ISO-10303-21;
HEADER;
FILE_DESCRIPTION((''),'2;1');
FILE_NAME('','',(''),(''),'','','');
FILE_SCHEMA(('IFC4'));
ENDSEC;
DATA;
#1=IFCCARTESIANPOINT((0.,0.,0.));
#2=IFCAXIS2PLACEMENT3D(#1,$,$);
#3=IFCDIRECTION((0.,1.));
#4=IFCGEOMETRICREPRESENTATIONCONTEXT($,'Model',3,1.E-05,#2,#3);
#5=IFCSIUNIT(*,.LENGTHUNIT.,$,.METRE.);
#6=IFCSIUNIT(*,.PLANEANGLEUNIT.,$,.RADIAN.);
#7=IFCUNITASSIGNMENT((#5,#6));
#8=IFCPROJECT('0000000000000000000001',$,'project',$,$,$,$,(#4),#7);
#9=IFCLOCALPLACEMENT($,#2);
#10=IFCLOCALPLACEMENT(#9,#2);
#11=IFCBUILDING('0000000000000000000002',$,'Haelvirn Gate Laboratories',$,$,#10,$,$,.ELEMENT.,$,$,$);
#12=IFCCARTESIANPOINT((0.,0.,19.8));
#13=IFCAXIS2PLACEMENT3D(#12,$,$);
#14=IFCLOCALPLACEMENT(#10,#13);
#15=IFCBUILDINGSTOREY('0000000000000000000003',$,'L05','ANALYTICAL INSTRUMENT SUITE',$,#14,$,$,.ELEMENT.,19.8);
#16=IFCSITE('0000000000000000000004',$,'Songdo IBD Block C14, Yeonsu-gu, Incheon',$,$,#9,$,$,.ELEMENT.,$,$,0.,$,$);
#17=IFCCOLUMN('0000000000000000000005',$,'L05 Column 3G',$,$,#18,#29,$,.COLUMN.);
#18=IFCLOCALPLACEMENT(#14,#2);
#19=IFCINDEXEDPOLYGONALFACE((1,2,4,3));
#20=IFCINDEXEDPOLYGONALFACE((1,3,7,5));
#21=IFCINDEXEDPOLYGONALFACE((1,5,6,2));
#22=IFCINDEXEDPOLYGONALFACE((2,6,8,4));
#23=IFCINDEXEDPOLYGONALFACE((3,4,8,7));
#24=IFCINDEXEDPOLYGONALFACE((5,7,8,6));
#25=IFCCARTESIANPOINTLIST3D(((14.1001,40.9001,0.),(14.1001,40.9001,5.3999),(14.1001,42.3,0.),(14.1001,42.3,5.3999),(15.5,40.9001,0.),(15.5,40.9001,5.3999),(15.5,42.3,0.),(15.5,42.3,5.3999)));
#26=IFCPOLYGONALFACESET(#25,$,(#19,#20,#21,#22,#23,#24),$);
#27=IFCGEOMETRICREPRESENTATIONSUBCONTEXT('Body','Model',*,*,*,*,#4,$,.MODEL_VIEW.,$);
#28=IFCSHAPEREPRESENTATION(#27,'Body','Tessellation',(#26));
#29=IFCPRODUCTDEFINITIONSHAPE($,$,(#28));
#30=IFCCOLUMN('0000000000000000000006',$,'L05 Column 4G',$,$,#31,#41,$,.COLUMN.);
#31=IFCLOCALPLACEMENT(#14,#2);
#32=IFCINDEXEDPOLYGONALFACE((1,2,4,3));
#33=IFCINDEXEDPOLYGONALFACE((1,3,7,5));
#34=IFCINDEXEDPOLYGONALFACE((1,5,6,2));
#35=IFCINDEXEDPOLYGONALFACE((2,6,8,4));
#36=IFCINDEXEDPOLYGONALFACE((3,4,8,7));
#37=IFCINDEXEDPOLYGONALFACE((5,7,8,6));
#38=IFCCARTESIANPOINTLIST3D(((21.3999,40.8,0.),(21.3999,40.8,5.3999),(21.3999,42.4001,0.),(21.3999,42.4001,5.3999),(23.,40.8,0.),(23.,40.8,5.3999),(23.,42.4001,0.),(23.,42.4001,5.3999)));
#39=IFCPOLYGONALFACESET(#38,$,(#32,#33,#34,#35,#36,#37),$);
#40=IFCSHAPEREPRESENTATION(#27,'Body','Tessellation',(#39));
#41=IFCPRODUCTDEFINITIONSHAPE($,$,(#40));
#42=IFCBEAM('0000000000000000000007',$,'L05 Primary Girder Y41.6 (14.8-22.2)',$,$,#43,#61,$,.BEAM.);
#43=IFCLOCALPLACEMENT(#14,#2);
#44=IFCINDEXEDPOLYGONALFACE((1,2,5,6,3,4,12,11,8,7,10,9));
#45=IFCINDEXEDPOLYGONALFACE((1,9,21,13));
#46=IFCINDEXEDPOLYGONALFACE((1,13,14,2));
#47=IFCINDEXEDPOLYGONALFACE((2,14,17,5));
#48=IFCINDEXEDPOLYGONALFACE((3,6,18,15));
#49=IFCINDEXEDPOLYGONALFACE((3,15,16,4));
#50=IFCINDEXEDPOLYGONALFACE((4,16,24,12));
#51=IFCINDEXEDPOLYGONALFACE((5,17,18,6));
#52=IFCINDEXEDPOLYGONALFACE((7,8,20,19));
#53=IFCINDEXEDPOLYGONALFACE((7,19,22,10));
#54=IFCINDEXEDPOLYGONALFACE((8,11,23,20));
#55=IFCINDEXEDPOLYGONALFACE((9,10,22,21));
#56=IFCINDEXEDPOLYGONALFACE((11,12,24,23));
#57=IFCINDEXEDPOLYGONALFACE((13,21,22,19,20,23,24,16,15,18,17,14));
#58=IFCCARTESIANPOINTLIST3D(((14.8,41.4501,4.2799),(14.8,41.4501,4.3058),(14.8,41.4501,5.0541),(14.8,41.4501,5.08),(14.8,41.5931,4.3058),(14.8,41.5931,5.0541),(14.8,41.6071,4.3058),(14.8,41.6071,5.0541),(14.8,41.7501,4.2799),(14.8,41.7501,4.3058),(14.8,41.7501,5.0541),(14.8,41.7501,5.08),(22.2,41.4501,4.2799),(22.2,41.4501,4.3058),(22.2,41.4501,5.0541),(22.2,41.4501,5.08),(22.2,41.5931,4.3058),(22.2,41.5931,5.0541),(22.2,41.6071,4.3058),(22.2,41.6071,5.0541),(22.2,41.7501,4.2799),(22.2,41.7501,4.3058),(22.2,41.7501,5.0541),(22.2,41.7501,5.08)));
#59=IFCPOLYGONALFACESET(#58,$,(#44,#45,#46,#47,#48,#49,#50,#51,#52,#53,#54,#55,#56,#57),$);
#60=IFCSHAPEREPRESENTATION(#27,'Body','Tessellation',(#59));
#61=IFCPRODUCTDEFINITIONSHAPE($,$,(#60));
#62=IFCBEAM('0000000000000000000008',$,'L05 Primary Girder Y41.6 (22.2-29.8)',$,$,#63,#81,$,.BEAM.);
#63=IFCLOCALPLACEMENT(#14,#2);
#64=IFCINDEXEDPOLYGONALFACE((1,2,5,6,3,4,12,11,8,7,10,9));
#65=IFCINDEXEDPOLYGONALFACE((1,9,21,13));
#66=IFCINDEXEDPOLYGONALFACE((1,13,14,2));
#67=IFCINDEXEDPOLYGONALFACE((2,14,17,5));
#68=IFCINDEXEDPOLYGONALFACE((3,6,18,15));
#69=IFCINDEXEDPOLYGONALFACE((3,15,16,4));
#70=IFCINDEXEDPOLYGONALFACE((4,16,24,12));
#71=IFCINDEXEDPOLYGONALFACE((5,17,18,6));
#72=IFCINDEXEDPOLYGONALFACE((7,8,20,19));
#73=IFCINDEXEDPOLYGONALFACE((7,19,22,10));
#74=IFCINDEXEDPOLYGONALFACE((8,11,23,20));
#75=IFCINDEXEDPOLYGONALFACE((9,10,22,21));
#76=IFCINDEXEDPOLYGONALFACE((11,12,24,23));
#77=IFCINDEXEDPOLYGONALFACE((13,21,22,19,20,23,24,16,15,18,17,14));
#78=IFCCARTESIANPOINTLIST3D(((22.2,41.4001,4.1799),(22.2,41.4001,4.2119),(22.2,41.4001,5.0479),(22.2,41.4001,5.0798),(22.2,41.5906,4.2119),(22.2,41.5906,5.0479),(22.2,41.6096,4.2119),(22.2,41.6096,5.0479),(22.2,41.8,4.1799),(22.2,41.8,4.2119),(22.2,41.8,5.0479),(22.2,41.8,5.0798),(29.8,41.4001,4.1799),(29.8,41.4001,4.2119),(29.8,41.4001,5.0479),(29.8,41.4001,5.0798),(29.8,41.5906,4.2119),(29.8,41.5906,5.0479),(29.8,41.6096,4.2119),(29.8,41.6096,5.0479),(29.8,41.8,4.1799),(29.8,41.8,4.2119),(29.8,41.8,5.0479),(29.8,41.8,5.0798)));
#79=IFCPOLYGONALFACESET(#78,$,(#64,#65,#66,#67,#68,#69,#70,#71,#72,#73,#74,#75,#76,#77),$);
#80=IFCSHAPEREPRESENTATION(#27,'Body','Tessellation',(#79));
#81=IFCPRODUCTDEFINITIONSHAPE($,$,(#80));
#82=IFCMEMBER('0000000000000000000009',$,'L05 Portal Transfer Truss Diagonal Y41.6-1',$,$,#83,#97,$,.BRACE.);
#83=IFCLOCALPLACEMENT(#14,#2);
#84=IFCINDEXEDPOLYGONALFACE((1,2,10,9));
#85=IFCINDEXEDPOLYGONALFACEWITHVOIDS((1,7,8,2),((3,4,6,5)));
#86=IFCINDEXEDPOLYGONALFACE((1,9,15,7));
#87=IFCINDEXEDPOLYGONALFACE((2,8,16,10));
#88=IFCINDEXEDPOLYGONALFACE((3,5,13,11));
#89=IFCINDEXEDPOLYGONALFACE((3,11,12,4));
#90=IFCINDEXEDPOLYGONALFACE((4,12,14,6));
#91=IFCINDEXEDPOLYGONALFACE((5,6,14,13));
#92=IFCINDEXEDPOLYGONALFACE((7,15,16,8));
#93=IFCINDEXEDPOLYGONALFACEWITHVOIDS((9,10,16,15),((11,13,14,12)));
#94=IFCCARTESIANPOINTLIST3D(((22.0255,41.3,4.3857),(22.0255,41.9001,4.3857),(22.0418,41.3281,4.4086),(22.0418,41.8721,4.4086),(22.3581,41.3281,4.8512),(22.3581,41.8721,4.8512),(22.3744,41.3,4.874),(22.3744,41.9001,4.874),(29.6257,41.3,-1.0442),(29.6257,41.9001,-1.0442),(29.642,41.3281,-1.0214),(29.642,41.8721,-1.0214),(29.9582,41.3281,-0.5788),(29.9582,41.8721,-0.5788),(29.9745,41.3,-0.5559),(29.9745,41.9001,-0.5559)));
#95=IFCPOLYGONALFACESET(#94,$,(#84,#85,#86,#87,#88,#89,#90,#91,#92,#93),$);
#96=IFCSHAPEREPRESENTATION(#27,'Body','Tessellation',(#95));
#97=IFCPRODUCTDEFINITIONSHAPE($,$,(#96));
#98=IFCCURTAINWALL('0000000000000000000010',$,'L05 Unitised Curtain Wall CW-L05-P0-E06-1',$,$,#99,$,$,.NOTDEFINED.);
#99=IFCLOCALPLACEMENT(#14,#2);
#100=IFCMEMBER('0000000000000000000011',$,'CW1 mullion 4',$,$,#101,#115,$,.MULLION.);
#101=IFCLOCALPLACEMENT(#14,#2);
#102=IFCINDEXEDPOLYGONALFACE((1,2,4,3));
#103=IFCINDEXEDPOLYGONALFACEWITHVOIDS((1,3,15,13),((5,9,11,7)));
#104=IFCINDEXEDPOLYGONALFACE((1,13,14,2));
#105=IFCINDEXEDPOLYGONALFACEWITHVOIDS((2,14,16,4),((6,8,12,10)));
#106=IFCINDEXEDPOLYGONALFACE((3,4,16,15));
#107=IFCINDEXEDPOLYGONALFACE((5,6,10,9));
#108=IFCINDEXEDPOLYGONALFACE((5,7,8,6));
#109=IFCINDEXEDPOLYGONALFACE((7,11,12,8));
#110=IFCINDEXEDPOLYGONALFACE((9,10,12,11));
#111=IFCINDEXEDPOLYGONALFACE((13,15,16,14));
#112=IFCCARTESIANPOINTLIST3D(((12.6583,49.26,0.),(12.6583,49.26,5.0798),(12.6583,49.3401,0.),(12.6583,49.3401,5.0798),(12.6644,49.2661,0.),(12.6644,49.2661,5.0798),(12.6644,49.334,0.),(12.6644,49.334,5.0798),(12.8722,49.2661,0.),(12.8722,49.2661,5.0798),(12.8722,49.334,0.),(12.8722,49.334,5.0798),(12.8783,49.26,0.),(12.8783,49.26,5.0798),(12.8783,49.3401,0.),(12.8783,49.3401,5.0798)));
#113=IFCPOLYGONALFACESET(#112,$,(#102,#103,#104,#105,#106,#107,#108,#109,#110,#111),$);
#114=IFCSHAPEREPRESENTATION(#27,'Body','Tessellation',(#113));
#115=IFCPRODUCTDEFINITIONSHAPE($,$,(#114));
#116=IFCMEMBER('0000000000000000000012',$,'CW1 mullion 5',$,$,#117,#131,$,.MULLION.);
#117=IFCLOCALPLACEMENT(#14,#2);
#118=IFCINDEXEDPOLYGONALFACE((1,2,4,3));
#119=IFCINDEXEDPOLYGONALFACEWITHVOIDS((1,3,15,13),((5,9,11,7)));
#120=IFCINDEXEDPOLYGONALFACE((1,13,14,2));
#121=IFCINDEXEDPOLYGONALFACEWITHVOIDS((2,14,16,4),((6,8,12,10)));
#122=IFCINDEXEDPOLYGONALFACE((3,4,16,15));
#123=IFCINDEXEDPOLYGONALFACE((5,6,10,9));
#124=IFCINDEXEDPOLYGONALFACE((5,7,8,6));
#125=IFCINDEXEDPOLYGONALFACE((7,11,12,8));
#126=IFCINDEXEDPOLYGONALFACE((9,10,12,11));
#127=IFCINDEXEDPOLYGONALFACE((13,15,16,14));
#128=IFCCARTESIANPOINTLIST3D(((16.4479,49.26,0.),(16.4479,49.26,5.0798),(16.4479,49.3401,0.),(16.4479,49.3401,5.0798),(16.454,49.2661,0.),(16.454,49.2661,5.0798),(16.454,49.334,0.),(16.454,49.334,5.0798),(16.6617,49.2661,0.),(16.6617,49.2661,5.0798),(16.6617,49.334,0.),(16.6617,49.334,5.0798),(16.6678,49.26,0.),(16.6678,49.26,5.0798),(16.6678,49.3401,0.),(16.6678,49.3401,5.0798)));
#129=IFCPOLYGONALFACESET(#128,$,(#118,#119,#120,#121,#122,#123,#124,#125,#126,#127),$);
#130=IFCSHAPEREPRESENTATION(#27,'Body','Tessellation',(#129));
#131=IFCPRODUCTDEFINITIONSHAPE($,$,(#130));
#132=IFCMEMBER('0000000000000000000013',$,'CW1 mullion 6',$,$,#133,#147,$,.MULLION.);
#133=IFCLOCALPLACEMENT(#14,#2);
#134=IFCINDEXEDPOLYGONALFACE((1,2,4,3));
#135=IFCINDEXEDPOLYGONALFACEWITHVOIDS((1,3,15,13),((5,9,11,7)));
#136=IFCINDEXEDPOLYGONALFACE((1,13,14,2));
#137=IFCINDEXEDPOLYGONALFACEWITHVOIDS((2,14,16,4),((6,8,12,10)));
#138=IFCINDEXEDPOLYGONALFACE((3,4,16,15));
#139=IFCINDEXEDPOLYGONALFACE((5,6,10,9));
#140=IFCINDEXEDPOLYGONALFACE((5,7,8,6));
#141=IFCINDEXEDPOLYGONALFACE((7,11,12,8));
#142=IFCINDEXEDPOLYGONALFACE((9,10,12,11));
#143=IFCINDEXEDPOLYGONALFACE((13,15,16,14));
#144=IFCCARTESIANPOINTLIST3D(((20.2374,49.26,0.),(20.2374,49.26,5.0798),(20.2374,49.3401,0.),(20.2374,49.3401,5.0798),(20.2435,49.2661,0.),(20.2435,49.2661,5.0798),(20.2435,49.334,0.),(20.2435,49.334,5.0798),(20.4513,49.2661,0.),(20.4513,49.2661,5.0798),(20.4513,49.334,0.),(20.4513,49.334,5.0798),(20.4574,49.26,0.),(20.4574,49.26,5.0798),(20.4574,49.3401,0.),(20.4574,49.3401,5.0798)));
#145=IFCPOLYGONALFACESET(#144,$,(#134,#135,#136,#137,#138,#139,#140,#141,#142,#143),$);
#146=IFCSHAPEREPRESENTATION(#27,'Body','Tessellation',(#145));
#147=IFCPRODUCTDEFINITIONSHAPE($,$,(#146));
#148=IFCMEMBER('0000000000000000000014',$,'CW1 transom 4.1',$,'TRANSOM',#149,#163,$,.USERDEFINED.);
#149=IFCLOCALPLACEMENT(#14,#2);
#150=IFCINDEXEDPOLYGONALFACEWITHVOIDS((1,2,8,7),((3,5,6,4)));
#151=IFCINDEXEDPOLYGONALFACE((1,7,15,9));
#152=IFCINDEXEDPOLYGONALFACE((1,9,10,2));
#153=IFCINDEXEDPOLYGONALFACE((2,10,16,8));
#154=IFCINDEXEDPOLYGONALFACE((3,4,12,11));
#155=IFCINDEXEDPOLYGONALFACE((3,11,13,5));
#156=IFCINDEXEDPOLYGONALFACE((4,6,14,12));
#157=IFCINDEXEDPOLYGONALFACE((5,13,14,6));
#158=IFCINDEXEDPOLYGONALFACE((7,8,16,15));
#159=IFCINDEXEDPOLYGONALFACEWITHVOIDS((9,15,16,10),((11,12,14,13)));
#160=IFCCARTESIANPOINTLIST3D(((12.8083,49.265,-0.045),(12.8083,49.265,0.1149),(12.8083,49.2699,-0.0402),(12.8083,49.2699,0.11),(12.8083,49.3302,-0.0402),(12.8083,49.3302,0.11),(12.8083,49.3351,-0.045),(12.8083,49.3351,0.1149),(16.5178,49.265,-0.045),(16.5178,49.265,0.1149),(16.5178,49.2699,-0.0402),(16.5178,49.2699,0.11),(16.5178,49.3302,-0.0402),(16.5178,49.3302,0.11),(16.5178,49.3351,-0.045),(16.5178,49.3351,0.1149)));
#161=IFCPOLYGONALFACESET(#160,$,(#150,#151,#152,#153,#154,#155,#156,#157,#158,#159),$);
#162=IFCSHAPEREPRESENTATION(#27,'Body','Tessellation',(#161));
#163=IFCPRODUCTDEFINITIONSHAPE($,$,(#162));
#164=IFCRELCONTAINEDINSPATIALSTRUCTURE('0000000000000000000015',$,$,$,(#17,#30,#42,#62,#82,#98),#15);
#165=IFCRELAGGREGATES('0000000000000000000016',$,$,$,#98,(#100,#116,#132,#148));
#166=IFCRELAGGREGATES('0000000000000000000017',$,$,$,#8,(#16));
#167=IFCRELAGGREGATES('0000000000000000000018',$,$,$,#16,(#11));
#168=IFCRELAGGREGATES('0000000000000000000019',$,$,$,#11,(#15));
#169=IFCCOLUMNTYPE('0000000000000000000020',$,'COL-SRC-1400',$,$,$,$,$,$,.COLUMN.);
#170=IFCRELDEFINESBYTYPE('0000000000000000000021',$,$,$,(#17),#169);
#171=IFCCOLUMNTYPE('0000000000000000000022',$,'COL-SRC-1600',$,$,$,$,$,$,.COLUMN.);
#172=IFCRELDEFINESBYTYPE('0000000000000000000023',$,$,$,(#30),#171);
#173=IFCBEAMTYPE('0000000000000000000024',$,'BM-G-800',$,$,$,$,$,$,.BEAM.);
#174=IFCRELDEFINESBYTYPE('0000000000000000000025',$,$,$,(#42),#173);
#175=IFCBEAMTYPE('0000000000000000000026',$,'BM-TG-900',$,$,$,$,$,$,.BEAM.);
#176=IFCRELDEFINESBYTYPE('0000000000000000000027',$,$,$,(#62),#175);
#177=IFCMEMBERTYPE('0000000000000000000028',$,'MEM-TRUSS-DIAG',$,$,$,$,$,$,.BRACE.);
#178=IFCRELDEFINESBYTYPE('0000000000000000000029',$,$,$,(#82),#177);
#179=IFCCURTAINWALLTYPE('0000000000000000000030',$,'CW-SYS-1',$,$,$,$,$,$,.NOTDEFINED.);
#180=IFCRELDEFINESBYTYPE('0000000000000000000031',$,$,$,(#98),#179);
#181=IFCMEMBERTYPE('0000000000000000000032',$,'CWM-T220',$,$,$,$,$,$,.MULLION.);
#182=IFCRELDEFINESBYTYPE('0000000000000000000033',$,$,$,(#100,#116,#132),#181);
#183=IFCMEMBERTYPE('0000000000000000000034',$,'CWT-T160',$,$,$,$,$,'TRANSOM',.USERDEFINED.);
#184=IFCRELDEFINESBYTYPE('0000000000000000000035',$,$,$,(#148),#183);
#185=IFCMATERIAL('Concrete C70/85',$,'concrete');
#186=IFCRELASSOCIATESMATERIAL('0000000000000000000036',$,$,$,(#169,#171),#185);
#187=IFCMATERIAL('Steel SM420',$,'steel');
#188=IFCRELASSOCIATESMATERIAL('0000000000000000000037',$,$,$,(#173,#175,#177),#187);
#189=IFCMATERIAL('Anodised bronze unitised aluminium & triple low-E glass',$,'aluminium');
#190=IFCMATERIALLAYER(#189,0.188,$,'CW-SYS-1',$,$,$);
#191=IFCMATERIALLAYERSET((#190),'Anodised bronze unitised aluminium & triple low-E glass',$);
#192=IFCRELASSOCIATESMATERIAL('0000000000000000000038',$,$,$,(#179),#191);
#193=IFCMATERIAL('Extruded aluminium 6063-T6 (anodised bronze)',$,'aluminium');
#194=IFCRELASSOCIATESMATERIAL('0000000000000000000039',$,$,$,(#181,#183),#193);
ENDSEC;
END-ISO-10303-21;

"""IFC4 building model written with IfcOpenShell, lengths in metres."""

from ifc_helpers import new_model, si_unit, direction, frame, origin, origin_2d, place, context, subcontext, project, spatial, rectangle, hollow_rectangle, i_section, extrude, source, transform, mapped, material, layer, layer_set, material_profile, profile_set, type_object, type_shapes, element, aggregate, save


model = new_model("IFC4")

# Units and contexts
model_context = context("Model", 3, precision=1e-05, world=origin(), true_north=direction((0.0, 1.0)))
body_context = subcontext(model_context, "Body", "Model", "MODEL_VIEW")
ifc_project = project(units=[si_unit("LENGTHUNIT", "METRE"), si_unit("PLANEANGLEUNIT", "RADIAN")], contexts=[model_context])

# Site, building, storey
site_placement = place(None, origin())
site = spatial("IfcSite", under=ifc_project, at=site_placement, Name="Songdo IBD Block C14, Yeonsu-gu, Incheon", CompositionType="ELEMENT", RefElevation=0.0)
building_placement = place(site_placement, origin())
building = spatial("IfcBuilding", under=site, at=building_placement, Name="Haelvirn Gate Laboratories", CompositionType="ELEMENT")
storey_placement = place(building_placement, frame((0.0, 0.0, 19.8)))
storey = spatial("IfcBuildingStorey", under=building, at=storey_placement, Name="L05", Description="ANALYTICAL INSTRUMENT SUITE", CompositionType="ELEMENT", Elevation=19.8)

# Columns
ifc_material_1 = material(Name="Concrete C70/85", Category="concrete")
ifc_material_profile_1 = material_profile(ifc_material_1, rectangle(XDim=1.3999, YDim=1.3999, at=origin_2d()), Name="SRC-1400x1400")
ifc_profile_set_1 = profile_set([ifc_material_profile_1], Name="Concrete C70/85")
column_type_1 = type_object("IfcColumnType", Name="COL-SRC-1400", PredefinedType="COLUMN", material=ifc_profile_set_1)
shared_shape_1 = source(origin(), body_context, "Body", "SweptSolid", [
    extrude(rectangle(XDim=1.3999, YDim=1.3999, at=origin_2d()), origin(), (0.0, 0.0, 1.0), 5.3999),
])
type_shapes(column_type_1, [shared_shape_1])
column_1_placement = place(storey_placement, frame((14.8, 41.6001, 0.0), z_axis=(0.0, 0.0, 1.0), x_axis=(1.0, 0.0, 0.0)))
element("IfcColumn", 1, at=column_1_placement, inside=storey, type_object=column_type_1, Name="L05 Column 3G", PredefinedType="COLUMN", context=body_context, shape_type="MappedRepresentation", body=[
    mapped(shared_shape_1, transform((0.0, 0.0, 0.0), scale=1.0)),
])
ifc_material_profile_2 = material_profile(ifc_material_1, rectangle(XDim=1.6001, YDim=1.6001, at=origin_2d()), Name="SRC-1600x1600")
ifc_profile_set_2 = profile_set([ifc_material_profile_2], Name="Concrete C70/85")
column_type_2 = type_object("IfcColumnType", Name="COL-SRC-1600", PredefinedType="COLUMN", material=ifc_profile_set_2)
shared_shape_2 = source(origin(), body_context, "Body", "SweptSolid", [
    extrude(rectangle(XDim=1.6001, YDim=1.6001, at=origin_2d()), origin(), (0.0, 0.0, 1.0), 5.3999),
])
type_shapes(column_type_2, [shared_shape_2])
column_2_placement = place(storey_placement, frame((22.2, 41.6001, 0.0), z_axis=(0.0, 0.0, 1.0), x_axis=(1.0, 0.0, 0.0)))
element("IfcColumn", 2, at=column_2_placement, inside=storey, type_object=column_type_2, Name="L05 Column 4G", PredefinedType="COLUMN", context=body_context, shape_type="MappedRepresentation", body=[
    mapped(shared_shape_2, transform((0.0, 0.0, 0.0), scale=1.0)),
])

# Beams
ifc_material_2 = material(Name="Steel SM420", Category="steel")
ifc_material_profile_3 = material_profile(ifc_material_2, i_section(OverallWidth=0.3, OverallDepth=0.8, WebThickness=0.0139, FlangeThickness=0.0259, at=origin_2d()), Name="H-800x300x14x26")
ifc_profile_set_3 = profile_set([ifc_material_profile_3], Name="Steel SM420")
beam_type_1 = type_object("IfcBeamType", Name="BM-G-800", PredefinedType="BEAM", material=ifc_profile_set_3)
shared_shape_3 = source(origin(), body_context, "Body", "SweptSolid", [
    extrude(i_section(OverallWidth=0.3, OverallDepth=0.8, WebThickness=0.0139, FlangeThickness=0.0259, at=origin_2d()), origin(), (0.0, 0.0, 1.0), 7.3999),
])
type_shapes(beam_type_1, [shared_shape_3])
beam_1_placement = place(storey_placement, frame((14.8, 41.6001, 4.6799), z_axis=(1.0, 0.0, 0.0), x_axis=(0.0, 1.0, 0.0)))
element("IfcBeam", 3, at=beam_1_placement, inside=storey, type_object=beam_type_1, Name="L05 Primary Girder Y41.6 (14.8-22.2)", PredefinedType="BEAM", context=body_context, shape_type="MappedRepresentation", body=[
    mapped(shared_shape_3, transform((0.0, 0.0, 0.0), scale=1.0)),
])
ifc_material_profile_4 = material_profile(ifc_material_2, i_section(OverallWidth=0.3999, OverallDepth=0.8999, WebThickness=0.019, FlangeThickness=0.032, at=origin_2d()), Name="H-900x400x19x32")
ifc_profile_set_4 = profile_set([ifc_material_profile_4], Name="Steel SM420")
beam_type_2 = type_object("IfcBeamType", Name="BM-TG-900", PredefinedType="BEAM", material=ifc_profile_set_4)
shared_shape_4 = source(origin(), body_context, "Body", "SweptSolid", [
    extrude(i_section(OverallWidth=0.3999, OverallDepth=0.8999, WebThickness=0.019, FlangeThickness=0.032, at=origin_2d()), origin(), (0.0, 0.0, 1.0), 7.6001),
])
type_shapes(beam_type_2, [shared_shape_4])
beam_2_placement = place(storey_placement, frame((22.2, 41.6001, 4.6299), z_axis=(1.0, 0.0, 0.0), x_axis=(0.0, 1.0, 0.0)))
element("IfcBeam", 4, at=beam_2_placement, inside=storey, type_object=beam_type_2, Name="L05 Primary Girder Y41.6 (22.2-29.8)", PredefinedType="BEAM", context=body_context, shape_type="MappedRepresentation", body=[
    mapped(shared_shape_4, transform((0.0, 0.0, 0.0), scale=1.0)),
])

# Member
ifc_material_profile_5 = material_profile(ifc_material_2, hollow_rectangle(XDim=0.6001, YDim=0.6001, WallThickness=0.0281, at=origin_2d()), Name="BOX-600x600x28")
ifc_profile_set_5 = profile_set([ifc_material_profile_5], Name="Steel SM420")
member_type_1 = type_object("IfcMemberType", Name="MEM-TRUSS-DIAG", PredefinedType="BRACE", material=ifc_profile_set_5)
shared_shape_5 = source(origin(), body_context, "Body", "SweptSolid", [
    extrude(hollow_rectangle(XDim=0.6001, YDim=0.6001, WallThickness=0.0281, at=origin_2d()), origin(), (0.0, 0.0, 1.0), 9.3406),
])
type_shapes(member_type_1, [shared_shape_5])
member_1_placement = place(storey_placement, frame((22.2, 41.6001, 4.6299), z_axis=(0.813668, 0.0, -0.58133), x_axis=(0.0, 1.0, 0.0)))
element("IfcMember", 5, at=member_1_placement, inside=storey, type_object=member_type_1, Name="L05 Portal Transfer Truss Diagonal Y41.6-1", PredefinedType="BRACE", context=body_context, shape_type="MappedRepresentation", body=[
    mapped(shared_shape_5, transform((0.0, 0.0, 0.0), scale=1.0)),
])

# Curtain wall, members
ifc_material_3 = material(Name="Anodised bronze unitised aluminium & triple low-E glass", Category="aluminium")
ifc_layer_1 = layer(ifc_material_3, 0.188, Name="CW-SYS-1")
ifc_layer_set_1 = layer_set([ifc_layer_1], Name="Anodised bronze unitised aluminium & triple low-E glass")
curtain_wall_type = type_object("IfcCurtainWallType", Name="CW-SYS-1", PredefinedType="NOTDEFINED", material=ifc_layer_set_1)
curtain_wall_placement = place(storey_placement, origin())
curtain_wall = element("IfcCurtainWall", 6, at=curtain_wall_placement, inside=storey, type_object=curtain_wall_type, Name="L05 Unitised Curtain Wall CW-L05-P0-E06-1", PredefinedType="NOTDEFINED")
ifc_material_4 = material(Name="Extruded aluminium 6063-T6 (anodised bronze)", Category="aluminium")
ifc_material_profile_6 = material_profile(ifc_material_4, hollow_rectangle(XDim=0.0801, YDim=0.22, WallThickness=0.0061, at=origin_2d()), Name="CWM-220x80x6")
ifc_profile_set_6 = profile_set([ifc_material_profile_6], Name="Extruded aluminium 6063-T6 (anodised bronze)")
member_type_2 = type_object("IfcMemberType", Name="CWM-T220", PredefinedType="MULLION", material=ifc_profile_set_6)
shared_shape_6 = source(origin(), body_context, "Body", "SweptSolid", [
    extrude(hollow_rectangle(XDim=0.0801, YDim=0.22, WallThickness=0.0061, at=origin_2d()), origin(), (0.0, 0.0, 1.0), 5.0798),
])
type_shapes(member_type_2, [shared_shape_6])
member_2_placement = place(storey_placement, frame((12.7683, 49.3, 0.0), z_axis=(0.0, 0.0, 1.0), x_axis=(0.0, 1.0, 0.0)))
member_2 = element("IfcMember", 7, at=member_2_placement, type_object=member_type_2, Name="CW1 mullion 4", PredefinedType="MULLION", context=body_context, shape_type="MappedRepresentation", body=[
    mapped(shared_shape_6, transform((0.0, 0.0, 0.0), scale=1.0)),
])
member_3_placement = place(storey_placement, frame((16.5579, 49.3, 0.0), z_axis=(0.0, 0.0, 1.0), x_axis=(0.0, 1.0, 0.0)))
member_3 = element("IfcMember", 8, at=member_3_placement, type_object=member_type_2, Name="CW1 mullion 5", PredefinedType="MULLION", context=body_context, shape_type="MappedRepresentation", body=[
    mapped(shared_shape_6, transform((0.0, 0.0, 0.0), scale=1.0)),
])
member_4_placement = place(storey_placement, frame((20.3474, 49.3, 0.0), z_axis=(0.0, 0.0, 1.0), x_axis=(0.0, 1.0, 0.0)))
member_4 = element("IfcMember", 9, at=member_4_placement, type_object=member_type_2, Name="CW1 mullion 6", PredefinedType="MULLION", context=body_context, shape_type="MappedRepresentation", body=[
    mapped(shared_shape_6, transform((0.0, 0.0, 0.0), scale=1.0)),
])
ifc_material_profile_7 = material_profile(ifc_material_4, hollow_rectangle(XDim=0.0701, YDim=0.1599, WallThickness=0.0049, at=origin_2d()), Name="CWT-160x70x5")
ifc_profile_set_7 = profile_set([ifc_material_profile_7], Name="Extruded aluminium 6063-T6 (anodised bronze)")
member_type_3 = type_object("IfcMemberType", Name="CWT-T160", ElementType="TRANSOM", PredefinedType="USERDEFINED", material=ifc_profile_set_7)
shared_shape_7 = source(origin(), body_context, "Body", "SweptSolid", [
    extrude(hollow_rectangle(XDim=0.0701, YDim=0.1599, WallThickness=0.0049, at=origin_2d()), origin(), (0.0, 0.0, 1.0), 3.7095),
])
type_shapes(member_type_3, [shared_shape_7])
member_5_placement = place(storey_placement, frame((12.8083, 49.3, 0.0349), z_axis=(1.0, 0.0, 0.0), x_axis=(0.0, 1.0, 0.0)))
member_5 = element("IfcMember", 10, at=member_5_placement, type_object=member_type_3, Name="CW1 transom 4.1", ObjectType="TRANSOM", PredefinedType="USERDEFINED", context=body_context, shape_type="MappedRepresentation", body=[
    mapped(shared_shape_7, transform((0.0, 0.0, 0.0), scale=1.0)),
])
aggregate(curtain_wall, [member_2, member_3, member_4, member_5])

save(model, "model.ifc")
